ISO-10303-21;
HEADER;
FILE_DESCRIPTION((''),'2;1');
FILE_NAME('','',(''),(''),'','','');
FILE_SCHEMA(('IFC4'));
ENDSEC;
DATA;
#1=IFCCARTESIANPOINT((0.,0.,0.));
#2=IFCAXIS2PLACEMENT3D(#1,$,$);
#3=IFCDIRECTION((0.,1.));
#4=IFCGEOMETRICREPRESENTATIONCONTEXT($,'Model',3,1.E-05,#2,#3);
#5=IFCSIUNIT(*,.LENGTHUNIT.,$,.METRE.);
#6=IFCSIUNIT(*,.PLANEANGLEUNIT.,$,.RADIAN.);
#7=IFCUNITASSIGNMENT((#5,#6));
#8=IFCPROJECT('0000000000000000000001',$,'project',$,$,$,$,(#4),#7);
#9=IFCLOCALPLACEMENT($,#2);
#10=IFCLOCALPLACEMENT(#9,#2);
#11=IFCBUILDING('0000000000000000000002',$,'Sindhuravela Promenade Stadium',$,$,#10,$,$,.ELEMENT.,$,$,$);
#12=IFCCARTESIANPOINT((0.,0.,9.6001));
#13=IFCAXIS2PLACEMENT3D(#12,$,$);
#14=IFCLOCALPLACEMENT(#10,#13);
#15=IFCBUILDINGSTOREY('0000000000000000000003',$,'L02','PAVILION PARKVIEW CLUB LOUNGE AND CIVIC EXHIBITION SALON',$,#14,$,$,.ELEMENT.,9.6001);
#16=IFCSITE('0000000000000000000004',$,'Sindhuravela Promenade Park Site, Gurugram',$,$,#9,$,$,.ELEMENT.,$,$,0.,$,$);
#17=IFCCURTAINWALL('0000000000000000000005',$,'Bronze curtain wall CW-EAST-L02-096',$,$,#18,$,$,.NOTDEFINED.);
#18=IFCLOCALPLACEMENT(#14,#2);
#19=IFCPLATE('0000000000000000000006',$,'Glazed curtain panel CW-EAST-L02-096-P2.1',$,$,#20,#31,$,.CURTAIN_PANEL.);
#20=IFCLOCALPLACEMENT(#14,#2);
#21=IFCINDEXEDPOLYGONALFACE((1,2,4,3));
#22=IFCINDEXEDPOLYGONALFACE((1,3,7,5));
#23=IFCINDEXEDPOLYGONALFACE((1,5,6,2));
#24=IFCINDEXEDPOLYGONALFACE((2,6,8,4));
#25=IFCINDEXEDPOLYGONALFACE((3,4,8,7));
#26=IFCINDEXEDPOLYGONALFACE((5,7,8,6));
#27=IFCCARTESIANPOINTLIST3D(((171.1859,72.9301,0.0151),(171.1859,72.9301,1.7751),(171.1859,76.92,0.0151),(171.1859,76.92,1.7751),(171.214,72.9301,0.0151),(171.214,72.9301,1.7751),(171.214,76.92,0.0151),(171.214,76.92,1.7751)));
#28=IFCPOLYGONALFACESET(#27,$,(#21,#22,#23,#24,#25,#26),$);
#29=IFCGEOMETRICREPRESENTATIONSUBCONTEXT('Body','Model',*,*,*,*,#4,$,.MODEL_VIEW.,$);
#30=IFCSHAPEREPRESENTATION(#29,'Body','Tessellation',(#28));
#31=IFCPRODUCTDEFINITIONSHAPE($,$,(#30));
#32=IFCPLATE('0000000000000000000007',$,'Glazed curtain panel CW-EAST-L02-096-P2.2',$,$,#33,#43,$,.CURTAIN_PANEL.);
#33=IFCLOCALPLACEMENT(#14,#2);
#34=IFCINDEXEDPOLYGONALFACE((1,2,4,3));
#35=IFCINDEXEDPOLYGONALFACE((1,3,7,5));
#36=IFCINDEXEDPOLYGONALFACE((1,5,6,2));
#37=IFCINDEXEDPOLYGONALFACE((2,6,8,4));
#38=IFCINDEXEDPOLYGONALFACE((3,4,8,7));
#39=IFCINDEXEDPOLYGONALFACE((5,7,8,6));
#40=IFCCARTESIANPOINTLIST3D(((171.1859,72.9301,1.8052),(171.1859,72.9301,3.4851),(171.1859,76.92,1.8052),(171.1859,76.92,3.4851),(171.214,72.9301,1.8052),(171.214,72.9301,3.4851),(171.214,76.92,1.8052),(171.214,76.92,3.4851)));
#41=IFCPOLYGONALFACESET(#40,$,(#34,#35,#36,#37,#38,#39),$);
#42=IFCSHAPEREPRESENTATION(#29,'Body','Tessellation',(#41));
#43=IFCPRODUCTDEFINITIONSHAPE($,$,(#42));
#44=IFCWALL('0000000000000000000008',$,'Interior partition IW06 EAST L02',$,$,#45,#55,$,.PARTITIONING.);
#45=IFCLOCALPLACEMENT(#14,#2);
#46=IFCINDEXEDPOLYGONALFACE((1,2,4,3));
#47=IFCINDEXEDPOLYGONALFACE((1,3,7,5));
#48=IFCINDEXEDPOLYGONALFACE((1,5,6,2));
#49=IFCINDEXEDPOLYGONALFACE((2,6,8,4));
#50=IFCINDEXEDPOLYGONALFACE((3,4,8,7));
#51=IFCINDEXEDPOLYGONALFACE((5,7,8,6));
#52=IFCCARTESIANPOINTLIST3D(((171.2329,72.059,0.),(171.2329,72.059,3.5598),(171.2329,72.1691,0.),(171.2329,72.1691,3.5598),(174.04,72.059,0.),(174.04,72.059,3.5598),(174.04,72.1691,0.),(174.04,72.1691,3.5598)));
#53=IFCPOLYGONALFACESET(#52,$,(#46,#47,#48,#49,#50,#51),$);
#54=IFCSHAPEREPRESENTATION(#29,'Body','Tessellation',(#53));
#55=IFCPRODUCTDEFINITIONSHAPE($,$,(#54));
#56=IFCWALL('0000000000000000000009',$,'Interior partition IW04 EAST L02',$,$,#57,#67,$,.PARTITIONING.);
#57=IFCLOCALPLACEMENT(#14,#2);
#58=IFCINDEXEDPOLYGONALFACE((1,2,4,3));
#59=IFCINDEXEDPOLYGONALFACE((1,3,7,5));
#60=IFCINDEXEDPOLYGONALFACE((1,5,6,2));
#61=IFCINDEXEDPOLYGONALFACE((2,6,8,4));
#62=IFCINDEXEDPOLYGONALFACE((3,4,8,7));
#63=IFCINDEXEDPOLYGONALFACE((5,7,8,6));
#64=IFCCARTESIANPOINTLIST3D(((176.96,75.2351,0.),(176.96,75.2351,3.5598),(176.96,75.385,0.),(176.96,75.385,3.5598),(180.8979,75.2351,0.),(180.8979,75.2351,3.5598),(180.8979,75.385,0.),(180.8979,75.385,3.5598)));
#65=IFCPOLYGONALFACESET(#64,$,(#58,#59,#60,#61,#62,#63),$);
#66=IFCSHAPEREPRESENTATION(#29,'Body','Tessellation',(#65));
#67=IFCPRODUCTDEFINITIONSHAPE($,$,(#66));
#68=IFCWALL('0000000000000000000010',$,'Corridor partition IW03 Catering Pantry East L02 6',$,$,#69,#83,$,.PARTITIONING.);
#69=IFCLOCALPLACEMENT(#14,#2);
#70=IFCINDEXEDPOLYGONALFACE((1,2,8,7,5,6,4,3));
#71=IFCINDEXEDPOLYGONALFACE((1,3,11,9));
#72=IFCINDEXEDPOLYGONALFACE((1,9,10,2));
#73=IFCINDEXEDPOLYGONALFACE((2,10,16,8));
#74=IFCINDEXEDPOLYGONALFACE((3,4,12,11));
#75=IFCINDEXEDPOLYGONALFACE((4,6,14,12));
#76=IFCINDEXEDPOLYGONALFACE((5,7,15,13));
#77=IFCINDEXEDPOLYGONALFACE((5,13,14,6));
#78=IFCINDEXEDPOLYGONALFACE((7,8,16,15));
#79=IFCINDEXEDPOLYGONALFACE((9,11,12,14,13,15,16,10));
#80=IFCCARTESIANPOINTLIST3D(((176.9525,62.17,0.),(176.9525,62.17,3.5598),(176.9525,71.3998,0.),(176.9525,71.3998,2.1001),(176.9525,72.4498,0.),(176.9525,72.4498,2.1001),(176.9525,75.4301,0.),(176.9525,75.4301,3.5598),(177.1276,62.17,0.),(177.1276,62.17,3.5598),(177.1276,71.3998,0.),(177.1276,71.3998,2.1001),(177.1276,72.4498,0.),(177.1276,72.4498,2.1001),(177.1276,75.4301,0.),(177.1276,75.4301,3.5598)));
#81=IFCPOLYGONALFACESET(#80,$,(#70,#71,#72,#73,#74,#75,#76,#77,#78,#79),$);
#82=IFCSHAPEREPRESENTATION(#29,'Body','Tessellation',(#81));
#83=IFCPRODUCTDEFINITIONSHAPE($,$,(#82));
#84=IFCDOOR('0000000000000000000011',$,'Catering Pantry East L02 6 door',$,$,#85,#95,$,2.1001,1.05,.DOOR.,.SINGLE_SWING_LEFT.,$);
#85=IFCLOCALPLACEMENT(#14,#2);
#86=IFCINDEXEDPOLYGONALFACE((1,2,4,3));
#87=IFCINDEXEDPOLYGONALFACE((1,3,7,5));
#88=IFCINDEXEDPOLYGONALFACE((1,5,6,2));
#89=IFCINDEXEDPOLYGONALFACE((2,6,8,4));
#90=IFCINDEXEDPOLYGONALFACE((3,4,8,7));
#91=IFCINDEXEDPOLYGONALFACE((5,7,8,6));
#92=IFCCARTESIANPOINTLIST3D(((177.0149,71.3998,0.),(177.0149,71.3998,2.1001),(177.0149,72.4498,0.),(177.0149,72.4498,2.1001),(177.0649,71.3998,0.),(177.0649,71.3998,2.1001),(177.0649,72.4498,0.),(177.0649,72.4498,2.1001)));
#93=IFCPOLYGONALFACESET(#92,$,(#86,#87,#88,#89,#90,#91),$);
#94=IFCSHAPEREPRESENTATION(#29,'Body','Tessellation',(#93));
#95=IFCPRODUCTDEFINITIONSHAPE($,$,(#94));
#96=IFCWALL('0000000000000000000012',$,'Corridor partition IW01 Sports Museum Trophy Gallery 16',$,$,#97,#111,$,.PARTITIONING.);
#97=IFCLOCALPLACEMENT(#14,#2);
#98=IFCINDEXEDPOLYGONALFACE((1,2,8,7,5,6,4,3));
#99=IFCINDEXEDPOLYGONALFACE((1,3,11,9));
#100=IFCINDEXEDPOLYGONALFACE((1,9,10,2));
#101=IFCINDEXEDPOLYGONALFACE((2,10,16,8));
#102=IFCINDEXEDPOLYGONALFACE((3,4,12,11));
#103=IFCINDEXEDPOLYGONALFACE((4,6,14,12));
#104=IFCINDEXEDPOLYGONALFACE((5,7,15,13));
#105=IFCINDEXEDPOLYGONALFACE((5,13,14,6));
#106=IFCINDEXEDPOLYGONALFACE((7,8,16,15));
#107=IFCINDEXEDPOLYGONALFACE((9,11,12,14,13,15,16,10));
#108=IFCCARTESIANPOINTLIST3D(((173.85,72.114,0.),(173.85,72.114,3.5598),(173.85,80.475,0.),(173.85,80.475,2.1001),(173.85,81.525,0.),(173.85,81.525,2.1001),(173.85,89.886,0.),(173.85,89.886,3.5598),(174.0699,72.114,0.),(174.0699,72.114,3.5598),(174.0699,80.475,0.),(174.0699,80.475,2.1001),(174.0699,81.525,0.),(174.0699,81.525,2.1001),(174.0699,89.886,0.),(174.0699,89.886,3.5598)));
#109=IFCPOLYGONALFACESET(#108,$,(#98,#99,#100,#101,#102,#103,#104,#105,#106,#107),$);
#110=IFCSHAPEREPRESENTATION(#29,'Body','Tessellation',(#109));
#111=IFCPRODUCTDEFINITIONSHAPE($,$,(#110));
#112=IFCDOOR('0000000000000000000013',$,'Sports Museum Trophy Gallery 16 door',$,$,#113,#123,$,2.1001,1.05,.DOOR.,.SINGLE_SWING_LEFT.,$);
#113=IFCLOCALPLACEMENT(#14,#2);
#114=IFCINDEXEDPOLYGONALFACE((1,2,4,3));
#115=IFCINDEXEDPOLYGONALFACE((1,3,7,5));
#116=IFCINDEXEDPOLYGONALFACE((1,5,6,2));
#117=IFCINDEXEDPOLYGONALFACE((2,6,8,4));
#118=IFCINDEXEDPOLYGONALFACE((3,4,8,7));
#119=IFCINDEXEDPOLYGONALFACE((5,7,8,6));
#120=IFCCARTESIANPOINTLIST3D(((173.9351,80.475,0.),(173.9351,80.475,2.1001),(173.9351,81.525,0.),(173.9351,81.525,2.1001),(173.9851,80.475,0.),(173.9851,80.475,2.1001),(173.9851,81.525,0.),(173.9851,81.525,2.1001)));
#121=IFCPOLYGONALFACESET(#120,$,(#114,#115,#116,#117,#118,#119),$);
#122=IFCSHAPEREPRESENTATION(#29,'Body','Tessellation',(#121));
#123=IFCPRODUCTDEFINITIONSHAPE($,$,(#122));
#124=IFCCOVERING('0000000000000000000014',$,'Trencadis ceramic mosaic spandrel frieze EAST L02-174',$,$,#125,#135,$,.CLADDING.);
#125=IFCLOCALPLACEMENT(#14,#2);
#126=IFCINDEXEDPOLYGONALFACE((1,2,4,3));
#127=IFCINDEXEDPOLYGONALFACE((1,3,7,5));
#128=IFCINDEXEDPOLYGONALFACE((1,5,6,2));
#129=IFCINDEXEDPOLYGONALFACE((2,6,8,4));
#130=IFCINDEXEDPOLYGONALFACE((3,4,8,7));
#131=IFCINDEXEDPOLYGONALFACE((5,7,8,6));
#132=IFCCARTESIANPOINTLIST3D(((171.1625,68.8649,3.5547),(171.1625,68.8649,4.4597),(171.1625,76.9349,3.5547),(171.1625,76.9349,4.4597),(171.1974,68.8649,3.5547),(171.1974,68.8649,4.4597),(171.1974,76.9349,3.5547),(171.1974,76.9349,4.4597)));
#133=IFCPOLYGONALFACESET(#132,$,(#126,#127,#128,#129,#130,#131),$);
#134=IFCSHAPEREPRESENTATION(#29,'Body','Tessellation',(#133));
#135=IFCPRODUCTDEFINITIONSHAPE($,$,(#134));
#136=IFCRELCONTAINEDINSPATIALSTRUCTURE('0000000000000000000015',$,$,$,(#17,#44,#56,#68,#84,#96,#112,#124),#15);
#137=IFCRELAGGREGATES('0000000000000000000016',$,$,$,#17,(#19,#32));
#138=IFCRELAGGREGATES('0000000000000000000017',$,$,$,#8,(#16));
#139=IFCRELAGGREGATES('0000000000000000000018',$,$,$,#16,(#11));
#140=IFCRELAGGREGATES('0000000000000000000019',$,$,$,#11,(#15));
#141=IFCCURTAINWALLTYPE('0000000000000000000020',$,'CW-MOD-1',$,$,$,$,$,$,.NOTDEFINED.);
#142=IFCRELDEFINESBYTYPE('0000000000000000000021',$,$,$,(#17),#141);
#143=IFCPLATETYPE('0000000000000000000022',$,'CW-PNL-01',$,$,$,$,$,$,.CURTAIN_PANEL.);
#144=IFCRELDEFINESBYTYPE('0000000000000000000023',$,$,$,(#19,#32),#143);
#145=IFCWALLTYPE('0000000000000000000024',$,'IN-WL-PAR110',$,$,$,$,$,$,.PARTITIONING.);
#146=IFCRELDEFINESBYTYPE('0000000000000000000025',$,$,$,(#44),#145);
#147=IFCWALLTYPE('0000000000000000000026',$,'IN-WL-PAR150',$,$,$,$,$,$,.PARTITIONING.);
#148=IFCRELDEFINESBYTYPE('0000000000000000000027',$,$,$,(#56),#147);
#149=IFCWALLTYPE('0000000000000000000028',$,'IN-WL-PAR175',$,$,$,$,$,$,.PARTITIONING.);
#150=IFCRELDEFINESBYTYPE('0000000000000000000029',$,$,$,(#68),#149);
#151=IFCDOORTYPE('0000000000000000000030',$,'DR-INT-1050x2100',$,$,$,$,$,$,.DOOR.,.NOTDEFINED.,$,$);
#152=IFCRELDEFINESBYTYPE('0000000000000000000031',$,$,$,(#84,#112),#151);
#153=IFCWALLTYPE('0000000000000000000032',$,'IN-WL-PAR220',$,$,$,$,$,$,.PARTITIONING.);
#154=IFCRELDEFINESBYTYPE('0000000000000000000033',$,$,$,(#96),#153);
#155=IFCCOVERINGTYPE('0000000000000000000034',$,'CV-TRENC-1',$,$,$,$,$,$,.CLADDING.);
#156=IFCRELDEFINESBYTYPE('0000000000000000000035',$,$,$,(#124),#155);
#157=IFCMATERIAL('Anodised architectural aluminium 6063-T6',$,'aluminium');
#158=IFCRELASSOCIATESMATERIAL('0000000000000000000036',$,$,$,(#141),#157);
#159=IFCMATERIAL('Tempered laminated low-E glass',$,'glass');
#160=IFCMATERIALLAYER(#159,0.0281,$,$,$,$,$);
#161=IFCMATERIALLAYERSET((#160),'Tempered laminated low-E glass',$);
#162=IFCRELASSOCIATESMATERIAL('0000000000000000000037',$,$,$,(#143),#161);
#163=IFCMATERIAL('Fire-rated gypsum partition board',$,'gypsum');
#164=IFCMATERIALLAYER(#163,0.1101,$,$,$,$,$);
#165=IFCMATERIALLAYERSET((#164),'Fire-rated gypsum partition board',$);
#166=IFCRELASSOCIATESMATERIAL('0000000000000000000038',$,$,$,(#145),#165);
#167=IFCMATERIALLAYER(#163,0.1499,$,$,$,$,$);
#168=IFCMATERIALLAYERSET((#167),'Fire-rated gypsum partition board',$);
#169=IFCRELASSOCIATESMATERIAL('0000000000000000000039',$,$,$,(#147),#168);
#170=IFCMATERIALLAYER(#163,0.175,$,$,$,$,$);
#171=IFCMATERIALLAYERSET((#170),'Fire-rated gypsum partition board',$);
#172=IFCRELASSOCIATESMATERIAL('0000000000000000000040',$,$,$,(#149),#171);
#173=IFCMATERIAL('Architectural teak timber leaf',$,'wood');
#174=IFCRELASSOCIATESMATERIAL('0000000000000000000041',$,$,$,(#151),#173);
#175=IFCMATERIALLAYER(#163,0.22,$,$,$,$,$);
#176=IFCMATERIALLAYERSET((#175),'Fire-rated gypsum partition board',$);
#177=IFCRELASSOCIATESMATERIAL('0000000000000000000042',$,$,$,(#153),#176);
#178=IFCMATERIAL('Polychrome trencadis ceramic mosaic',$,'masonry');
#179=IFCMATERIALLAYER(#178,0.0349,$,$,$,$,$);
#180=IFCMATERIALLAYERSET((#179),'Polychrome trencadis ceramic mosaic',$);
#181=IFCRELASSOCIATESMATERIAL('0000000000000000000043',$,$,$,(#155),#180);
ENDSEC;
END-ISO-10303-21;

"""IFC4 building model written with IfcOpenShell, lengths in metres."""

from ifc_helpers import new_model, si_unit, direction, frame, frame_2d, origin, origin_2d, place, context, subcontext, project, spatial, rectangle, extrude, material, layer, layer_set, type_object, element, fill, aggregate, save


model = new_model("IFC4")

# Units and contexts
model_context = context("Model", 3, precision=1e-05, world=origin(), true_north=direction((0.0, 1.0)))
body_context = subcontext(model_context, "Body", "Model", "MODEL_VIEW")
ifc_project = project(units=[si_unit("LENGTHUNIT", "METRE"), si_unit("PLANEANGLEUNIT", "RADIAN")], contexts=[model_context])

# Site, building, storey
site_placement = place(None, origin())
site = spatial("IfcSite", under=ifc_project, at=site_placement, Name="Sindhuravela Promenade Park Site, Gurugram", CompositionType="ELEMENT", RefElevation=0.0)
building_placement = place(site_placement, origin())
building = spatial("IfcBuilding", under=site, at=building_placement, Name="Sindhuravela Promenade Stadium", CompositionType="ELEMENT")
storey_placement = place(building_placement, frame((0.0, 0.0, 9.6001)))
storey = spatial("IfcBuildingStorey", under=building, at=storey_placement, Name="L02", Description="PAVILION PARKVIEW CLUB LOUNGE AND CIVIC EXHIBITION SALON", CompositionType="ELEMENT", Elevation=9.6001)

# Curtain wall
ifc_material_1 = material(Name="Anodised architectural aluminium 6063-T6", Category="aluminium")
curtain_wall_type = type_object("IfcCurtainWallType", Name="CW-MOD-1", PredefinedType="NOTDEFINED", material=ifc_material_1)
curtain_wall_placement = place(storey_placement, origin())
curtain_wall = element("IfcCurtainWall", 1, at=curtain_wall_placement, inside=storey, type_object=curtain_wall_type, Name="Bronze curtain wall CW-EAST-L02-096", PredefinedType="NOTDEFINED")

# Plates
ifc_material_2 = material(Name="Tempered laminated low-E glass", Category="glass")
ifc_layer_1 = layer(ifc_material_2, 0.0281)
ifc_layer_set_1 = layer_set([ifc_layer_1], Name="Tempered laminated low-E glass")
plate_type_1 = type_object("IfcPlateType", Name="CW-PNL-01", PredefinedType="CURTAIN_PANEL", material=ifc_layer_set_1)
plate_1_placement = place(storey_placement, frame((171.2, 74.925, 0.0151), z_axis=(0.0, 0.0, 1.0), x_axis=(0.0, 1.0, 0.0)))
plate_1 = element("IfcPlate", 2, at=plate_1_placement, type_object=plate_type_1, Name="Glazed curtain panel CW-EAST-L02-096-P2.1", PredefinedType="CURTAIN_PANEL", context=body_context, shape_type="SweptSolid", body=[
    extrude(rectangle(XDim=3.99, YDim=0.0281, at=origin_2d()), origin(), (0.0, 0.0, 1.0), 1.76),
])
plate_2_placement = place(storey_placement, frame((171.2, 74.925, 1.8052), z_axis=(0.0, 0.0, 1.0), x_axis=(0.0, 1.0, 0.0)))
plate_2 = element("IfcPlate", 3, at=plate_2_placement, type_object=plate_type_1, Name="Glazed curtain panel CW-EAST-L02-096-P2.2", PredefinedType="CURTAIN_PANEL", context=body_context, shape_type="SweptSolid", body=[
    extrude(rectangle(XDim=3.99, YDim=0.0281, at=origin_2d()), origin(), (0.0, 0.0, 1.0), 1.6799),
])
aggregate(curtain_wall, [plate_1, plate_2])

# Walls
ifc_material_3 = material(Name="Fire-rated gypsum partition board", Category="gypsum")
ifc_layer_2 = layer(ifc_material_3, 0.1101)
ifc_layer_set_2 = layer_set([ifc_layer_2], Name="Fire-rated gypsum partition board")
wall_type_1 = type_object("IfcWallType", Name="IN-WL-PAR110", PredefinedType="PARTITIONING", material=ifc_layer_set_2)
wall_1_placement = place(storey_placement, frame((171.2329, 72.114, 0.0), z_axis=(0.0, 0.0, 1.0), x_axis=(1.0, 0.0, 0.0)))
element("IfcWall", 4, at=wall_1_placement, inside=storey, type_object=wall_type_1, Name="Interior partition IW06 EAST L02", PredefinedType="PARTITIONING", context=body_context, shape_type="SweptSolid", body=[
    extrude(rectangle(XDim=2.8071, YDim=0.1101, at=frame_2d((1.4036, 0.0))), origin(), (0.0, 0.0, 1.0), 3.5598),
])
ifc_layer_3 = layer(ifc_material_3, 0.1499)
ifc_layer_set_3 = layer_set([ifc_layer_3], Name="Fire-rated gypsum partition board")
wall_type_2 = type_object("IfcWallType", Name="IN-WL-PAR150", PredefinedType="PARTITIONING", material=ifc_layer_set_3)
wall_2_placement = place(storey_placement, frame((176.96, 75.3101, 0.0), z_axis=(0.0, 0.0, 1.0), x_axis=(1.0, 0.0, 0.0)))
element("IfcWall", 5, at=wall_2_placement, inside=storey, type_object=wall_type_2, Name="Interior partition IW04 EAST L02", PredefinedType="PARTITIONING", context=body_context, shape_type="SweptSolid", body=[
    extrude(rectangle(XDim=3.938, YDim=0.1499, at=frame_2d((1.969, 0.0))), origin(), (0.0, 0.0, 1.0), 3.5598),
])

# Walls, openings, doors
ifc_layer_4 = layer(ifc_material_3, 0.175)
ifc_layer_set_4 = layer_set([ifc_layer_4], Name="Fire-rated gypsum partition board")
wall_type_3 = type_object("IfcWallType", Name="IN-WL-PAR175", PredefinedType="PARTITIONING", material=ifc_layer_set_4)
wall_3_placement = place(storey_placement, frame((177.04, 75.4299, 0.0), z_axis=(0.0, 0.0, 1.0), x_axis=(0.0, -1.0, 0.0)))
wall_3 = element("IfcWall", 6, at=wall_3_placement, inside=storey, type_object=wall_type_3, Name="Corridor partition IW03 Catering Pantry East L02 6", PredefinedType="PARTITIONING", context=body_context, shape_type="SweptSolid", body=[
    extrude(rectangle(XDim=13.26, YDim=0.175, at=frame_2d((6.6299, 0.0))), origin(), (0.0, 0.0, 1.0), 3.5598),
])
opening_1_placement = place(wall_3_placement, frame((2.9802, 0.0, 0.0)))
opening_1 = element("IfcOpeningElement", 7, at=opening_1_placement, cuts=wall_3, PredefinedType="OPENING", context=body_context, shape_type="SweptSolid", body=[
    extrude(rectangle(XDim=1.05, YDim=2.1001, at=frame_2d((0.5249, 1.05))), frame((0.0, 0.0974, 0.0), z_axis=(0.0, -1.0, 0.0), x_axis=(1.0, 0.0, 0.0)), (0.0, 0.0, 1.0), 0.1951),
])
ifc_material_4 = material(Name="Architectural teak timber leaf", Category="wood")
door_type = type_object("IfcDoorType", Name="DR-INT-1050x2100", OperationType="NOTDEFINED", PredefinedType="DOOR", material=ifc_material_4)
door_1_placement = place(opening_1_placement, origin())
door_1 = element("IfcDoor", 8, at=door_1_placement, inside=storey, type_object=door_type, Name="Catering Pantry East L02 6 door", OperationType="SINGLE_SWING_LEFT", OverallHeight=2.1001, OverallWidth=1.05, PredefinedType="DOOR", context=body_context, shape_type="SweptSolid", body=[
    extrude(rectangle(XDim=1.05, YDim=2.1001, at=frame_2d((0.5249, 1.05))), frame((0.0, 0.0249, 0.0), z_axis=(0.0, -1.0, 0.0), x_axis=(1.0, 0.0, 0.0)), (0.0, 0.0, 1.0), 0.05),
])
fill(opening_1, door_1)
ifc_layer_5 = layer(ifc_material_3, 0.22)
ifc_layer_set_5 = layer_set([ifc_layer_5], Name="Fire-rated gypsum partition board")
wall_type_4 = type_object("IfcWallType", Name="IN-WL-PAR220", PredefinedType="PARTITIONING", material=ifc_layer_set_5)
wall_4_placement = place(storey_placement, frame((173.96, 72.114, 0.0), z_axis=(0.0, 0.0, 1.0), x_axis=(0.0, 1.0, 0.0)))
wall_4 = element("IfcWall", 9, at=wall_4_placement, inside=storey, type_object=wall_type_4, Name="Corridor partition IW01 Sports Museum Trophy Gallery 16", PredefinedType="PARTITIONING", context=body_context, shape_type="SweptSolid", body=[
    extrude(rectangle(XDim=17.772, YDim=0.22, at=frame_2d((8.886, 0.0))), origin(), (0.0, 0.0, 1.0), 3.5598),
])
opening_2_placement = place(wall_4_placement, frame((8.3611, 0.0, 0.0)))
opening_2 = element("IfcOpeningElement", 10, at=opening_2_placement, cuts=wall_4, PredefinedType="OPENING", context=body_context, shape_type="SweptSolid", body=[
    extrude(rectangle(XDim=1.05, YDim=2.1001, at=frame_2d((0.5249, 1.05))), frame((0.0, 0.1199, 0.0), z_axis=(0.0, -1.0, 0.0), x_axis=(1.0, 0.0, 0.0)), (0.0, 0.0, 1.0), 0.24),
])
door_2_placement = place(opening_2_placement, origin())
door_2 = element("IfcDoor", 11, at=door_2_placement, inside=storey, type_object=door_type, Name="Sports Museum Trophy Gallery 16 door", OperationType="SINGLE_SWING_LEFT", OverallHeight=2.1001, OverallWidth=1.05, PredefinedType="DOOR", context=body_context, shape_type="SweptSolid", body=[
    extrude(rectangle(XDim=1.05, YDim=2.1001, at=frame_2d((0.5249, 1.05))), frame((0.0, 0.0249, 0.0), z_axis=(0.0, -1.0, 0.0), x_axis=(1.0, 0.0, 0.0)), (0.0, 0.0, 1.0), 0.05),
])
fill(opening_2, door_2)

# Covering
ifc_material_5 = material(Name="Polychrome trencadis ceramic mosaic", Category="masonry")
ifc_layer_6 = layer(ifc_material_5, 0.0349)
ifc_layer_set_6 = layer_set([ifc_layer_6], Name="Polychrome trencadis ceramic mosaic")
covering_type = type_object("IfcCoveringType", Name="CV-TRENC-1", PredefinedType="CLADDING", material=ifc_layer_set_6)
covering_placement = place(storey_placement, frame((171.1799, 72.8999, 3.5547), z_axis=(0.0, 0.0, 1.0), x_axis=(0.0, 1.0, 0.0)))
element("IfcCovering", 12, at=covering_placement, inside=storey, type_object=covering_type, Name="Trencadis ceramic mosaic spandrel frieze EAST L02-174", PredefinedType="CLADDING", context=body_context, shape_type="SweptSolid", body=[
    extrude(rectangle(XDim=8.0701, YDim=0.0349, at=origin_2d()), origin(), (0.0, 0.0, 1.0), 0.905),
])

save(model, "model.ifc")
